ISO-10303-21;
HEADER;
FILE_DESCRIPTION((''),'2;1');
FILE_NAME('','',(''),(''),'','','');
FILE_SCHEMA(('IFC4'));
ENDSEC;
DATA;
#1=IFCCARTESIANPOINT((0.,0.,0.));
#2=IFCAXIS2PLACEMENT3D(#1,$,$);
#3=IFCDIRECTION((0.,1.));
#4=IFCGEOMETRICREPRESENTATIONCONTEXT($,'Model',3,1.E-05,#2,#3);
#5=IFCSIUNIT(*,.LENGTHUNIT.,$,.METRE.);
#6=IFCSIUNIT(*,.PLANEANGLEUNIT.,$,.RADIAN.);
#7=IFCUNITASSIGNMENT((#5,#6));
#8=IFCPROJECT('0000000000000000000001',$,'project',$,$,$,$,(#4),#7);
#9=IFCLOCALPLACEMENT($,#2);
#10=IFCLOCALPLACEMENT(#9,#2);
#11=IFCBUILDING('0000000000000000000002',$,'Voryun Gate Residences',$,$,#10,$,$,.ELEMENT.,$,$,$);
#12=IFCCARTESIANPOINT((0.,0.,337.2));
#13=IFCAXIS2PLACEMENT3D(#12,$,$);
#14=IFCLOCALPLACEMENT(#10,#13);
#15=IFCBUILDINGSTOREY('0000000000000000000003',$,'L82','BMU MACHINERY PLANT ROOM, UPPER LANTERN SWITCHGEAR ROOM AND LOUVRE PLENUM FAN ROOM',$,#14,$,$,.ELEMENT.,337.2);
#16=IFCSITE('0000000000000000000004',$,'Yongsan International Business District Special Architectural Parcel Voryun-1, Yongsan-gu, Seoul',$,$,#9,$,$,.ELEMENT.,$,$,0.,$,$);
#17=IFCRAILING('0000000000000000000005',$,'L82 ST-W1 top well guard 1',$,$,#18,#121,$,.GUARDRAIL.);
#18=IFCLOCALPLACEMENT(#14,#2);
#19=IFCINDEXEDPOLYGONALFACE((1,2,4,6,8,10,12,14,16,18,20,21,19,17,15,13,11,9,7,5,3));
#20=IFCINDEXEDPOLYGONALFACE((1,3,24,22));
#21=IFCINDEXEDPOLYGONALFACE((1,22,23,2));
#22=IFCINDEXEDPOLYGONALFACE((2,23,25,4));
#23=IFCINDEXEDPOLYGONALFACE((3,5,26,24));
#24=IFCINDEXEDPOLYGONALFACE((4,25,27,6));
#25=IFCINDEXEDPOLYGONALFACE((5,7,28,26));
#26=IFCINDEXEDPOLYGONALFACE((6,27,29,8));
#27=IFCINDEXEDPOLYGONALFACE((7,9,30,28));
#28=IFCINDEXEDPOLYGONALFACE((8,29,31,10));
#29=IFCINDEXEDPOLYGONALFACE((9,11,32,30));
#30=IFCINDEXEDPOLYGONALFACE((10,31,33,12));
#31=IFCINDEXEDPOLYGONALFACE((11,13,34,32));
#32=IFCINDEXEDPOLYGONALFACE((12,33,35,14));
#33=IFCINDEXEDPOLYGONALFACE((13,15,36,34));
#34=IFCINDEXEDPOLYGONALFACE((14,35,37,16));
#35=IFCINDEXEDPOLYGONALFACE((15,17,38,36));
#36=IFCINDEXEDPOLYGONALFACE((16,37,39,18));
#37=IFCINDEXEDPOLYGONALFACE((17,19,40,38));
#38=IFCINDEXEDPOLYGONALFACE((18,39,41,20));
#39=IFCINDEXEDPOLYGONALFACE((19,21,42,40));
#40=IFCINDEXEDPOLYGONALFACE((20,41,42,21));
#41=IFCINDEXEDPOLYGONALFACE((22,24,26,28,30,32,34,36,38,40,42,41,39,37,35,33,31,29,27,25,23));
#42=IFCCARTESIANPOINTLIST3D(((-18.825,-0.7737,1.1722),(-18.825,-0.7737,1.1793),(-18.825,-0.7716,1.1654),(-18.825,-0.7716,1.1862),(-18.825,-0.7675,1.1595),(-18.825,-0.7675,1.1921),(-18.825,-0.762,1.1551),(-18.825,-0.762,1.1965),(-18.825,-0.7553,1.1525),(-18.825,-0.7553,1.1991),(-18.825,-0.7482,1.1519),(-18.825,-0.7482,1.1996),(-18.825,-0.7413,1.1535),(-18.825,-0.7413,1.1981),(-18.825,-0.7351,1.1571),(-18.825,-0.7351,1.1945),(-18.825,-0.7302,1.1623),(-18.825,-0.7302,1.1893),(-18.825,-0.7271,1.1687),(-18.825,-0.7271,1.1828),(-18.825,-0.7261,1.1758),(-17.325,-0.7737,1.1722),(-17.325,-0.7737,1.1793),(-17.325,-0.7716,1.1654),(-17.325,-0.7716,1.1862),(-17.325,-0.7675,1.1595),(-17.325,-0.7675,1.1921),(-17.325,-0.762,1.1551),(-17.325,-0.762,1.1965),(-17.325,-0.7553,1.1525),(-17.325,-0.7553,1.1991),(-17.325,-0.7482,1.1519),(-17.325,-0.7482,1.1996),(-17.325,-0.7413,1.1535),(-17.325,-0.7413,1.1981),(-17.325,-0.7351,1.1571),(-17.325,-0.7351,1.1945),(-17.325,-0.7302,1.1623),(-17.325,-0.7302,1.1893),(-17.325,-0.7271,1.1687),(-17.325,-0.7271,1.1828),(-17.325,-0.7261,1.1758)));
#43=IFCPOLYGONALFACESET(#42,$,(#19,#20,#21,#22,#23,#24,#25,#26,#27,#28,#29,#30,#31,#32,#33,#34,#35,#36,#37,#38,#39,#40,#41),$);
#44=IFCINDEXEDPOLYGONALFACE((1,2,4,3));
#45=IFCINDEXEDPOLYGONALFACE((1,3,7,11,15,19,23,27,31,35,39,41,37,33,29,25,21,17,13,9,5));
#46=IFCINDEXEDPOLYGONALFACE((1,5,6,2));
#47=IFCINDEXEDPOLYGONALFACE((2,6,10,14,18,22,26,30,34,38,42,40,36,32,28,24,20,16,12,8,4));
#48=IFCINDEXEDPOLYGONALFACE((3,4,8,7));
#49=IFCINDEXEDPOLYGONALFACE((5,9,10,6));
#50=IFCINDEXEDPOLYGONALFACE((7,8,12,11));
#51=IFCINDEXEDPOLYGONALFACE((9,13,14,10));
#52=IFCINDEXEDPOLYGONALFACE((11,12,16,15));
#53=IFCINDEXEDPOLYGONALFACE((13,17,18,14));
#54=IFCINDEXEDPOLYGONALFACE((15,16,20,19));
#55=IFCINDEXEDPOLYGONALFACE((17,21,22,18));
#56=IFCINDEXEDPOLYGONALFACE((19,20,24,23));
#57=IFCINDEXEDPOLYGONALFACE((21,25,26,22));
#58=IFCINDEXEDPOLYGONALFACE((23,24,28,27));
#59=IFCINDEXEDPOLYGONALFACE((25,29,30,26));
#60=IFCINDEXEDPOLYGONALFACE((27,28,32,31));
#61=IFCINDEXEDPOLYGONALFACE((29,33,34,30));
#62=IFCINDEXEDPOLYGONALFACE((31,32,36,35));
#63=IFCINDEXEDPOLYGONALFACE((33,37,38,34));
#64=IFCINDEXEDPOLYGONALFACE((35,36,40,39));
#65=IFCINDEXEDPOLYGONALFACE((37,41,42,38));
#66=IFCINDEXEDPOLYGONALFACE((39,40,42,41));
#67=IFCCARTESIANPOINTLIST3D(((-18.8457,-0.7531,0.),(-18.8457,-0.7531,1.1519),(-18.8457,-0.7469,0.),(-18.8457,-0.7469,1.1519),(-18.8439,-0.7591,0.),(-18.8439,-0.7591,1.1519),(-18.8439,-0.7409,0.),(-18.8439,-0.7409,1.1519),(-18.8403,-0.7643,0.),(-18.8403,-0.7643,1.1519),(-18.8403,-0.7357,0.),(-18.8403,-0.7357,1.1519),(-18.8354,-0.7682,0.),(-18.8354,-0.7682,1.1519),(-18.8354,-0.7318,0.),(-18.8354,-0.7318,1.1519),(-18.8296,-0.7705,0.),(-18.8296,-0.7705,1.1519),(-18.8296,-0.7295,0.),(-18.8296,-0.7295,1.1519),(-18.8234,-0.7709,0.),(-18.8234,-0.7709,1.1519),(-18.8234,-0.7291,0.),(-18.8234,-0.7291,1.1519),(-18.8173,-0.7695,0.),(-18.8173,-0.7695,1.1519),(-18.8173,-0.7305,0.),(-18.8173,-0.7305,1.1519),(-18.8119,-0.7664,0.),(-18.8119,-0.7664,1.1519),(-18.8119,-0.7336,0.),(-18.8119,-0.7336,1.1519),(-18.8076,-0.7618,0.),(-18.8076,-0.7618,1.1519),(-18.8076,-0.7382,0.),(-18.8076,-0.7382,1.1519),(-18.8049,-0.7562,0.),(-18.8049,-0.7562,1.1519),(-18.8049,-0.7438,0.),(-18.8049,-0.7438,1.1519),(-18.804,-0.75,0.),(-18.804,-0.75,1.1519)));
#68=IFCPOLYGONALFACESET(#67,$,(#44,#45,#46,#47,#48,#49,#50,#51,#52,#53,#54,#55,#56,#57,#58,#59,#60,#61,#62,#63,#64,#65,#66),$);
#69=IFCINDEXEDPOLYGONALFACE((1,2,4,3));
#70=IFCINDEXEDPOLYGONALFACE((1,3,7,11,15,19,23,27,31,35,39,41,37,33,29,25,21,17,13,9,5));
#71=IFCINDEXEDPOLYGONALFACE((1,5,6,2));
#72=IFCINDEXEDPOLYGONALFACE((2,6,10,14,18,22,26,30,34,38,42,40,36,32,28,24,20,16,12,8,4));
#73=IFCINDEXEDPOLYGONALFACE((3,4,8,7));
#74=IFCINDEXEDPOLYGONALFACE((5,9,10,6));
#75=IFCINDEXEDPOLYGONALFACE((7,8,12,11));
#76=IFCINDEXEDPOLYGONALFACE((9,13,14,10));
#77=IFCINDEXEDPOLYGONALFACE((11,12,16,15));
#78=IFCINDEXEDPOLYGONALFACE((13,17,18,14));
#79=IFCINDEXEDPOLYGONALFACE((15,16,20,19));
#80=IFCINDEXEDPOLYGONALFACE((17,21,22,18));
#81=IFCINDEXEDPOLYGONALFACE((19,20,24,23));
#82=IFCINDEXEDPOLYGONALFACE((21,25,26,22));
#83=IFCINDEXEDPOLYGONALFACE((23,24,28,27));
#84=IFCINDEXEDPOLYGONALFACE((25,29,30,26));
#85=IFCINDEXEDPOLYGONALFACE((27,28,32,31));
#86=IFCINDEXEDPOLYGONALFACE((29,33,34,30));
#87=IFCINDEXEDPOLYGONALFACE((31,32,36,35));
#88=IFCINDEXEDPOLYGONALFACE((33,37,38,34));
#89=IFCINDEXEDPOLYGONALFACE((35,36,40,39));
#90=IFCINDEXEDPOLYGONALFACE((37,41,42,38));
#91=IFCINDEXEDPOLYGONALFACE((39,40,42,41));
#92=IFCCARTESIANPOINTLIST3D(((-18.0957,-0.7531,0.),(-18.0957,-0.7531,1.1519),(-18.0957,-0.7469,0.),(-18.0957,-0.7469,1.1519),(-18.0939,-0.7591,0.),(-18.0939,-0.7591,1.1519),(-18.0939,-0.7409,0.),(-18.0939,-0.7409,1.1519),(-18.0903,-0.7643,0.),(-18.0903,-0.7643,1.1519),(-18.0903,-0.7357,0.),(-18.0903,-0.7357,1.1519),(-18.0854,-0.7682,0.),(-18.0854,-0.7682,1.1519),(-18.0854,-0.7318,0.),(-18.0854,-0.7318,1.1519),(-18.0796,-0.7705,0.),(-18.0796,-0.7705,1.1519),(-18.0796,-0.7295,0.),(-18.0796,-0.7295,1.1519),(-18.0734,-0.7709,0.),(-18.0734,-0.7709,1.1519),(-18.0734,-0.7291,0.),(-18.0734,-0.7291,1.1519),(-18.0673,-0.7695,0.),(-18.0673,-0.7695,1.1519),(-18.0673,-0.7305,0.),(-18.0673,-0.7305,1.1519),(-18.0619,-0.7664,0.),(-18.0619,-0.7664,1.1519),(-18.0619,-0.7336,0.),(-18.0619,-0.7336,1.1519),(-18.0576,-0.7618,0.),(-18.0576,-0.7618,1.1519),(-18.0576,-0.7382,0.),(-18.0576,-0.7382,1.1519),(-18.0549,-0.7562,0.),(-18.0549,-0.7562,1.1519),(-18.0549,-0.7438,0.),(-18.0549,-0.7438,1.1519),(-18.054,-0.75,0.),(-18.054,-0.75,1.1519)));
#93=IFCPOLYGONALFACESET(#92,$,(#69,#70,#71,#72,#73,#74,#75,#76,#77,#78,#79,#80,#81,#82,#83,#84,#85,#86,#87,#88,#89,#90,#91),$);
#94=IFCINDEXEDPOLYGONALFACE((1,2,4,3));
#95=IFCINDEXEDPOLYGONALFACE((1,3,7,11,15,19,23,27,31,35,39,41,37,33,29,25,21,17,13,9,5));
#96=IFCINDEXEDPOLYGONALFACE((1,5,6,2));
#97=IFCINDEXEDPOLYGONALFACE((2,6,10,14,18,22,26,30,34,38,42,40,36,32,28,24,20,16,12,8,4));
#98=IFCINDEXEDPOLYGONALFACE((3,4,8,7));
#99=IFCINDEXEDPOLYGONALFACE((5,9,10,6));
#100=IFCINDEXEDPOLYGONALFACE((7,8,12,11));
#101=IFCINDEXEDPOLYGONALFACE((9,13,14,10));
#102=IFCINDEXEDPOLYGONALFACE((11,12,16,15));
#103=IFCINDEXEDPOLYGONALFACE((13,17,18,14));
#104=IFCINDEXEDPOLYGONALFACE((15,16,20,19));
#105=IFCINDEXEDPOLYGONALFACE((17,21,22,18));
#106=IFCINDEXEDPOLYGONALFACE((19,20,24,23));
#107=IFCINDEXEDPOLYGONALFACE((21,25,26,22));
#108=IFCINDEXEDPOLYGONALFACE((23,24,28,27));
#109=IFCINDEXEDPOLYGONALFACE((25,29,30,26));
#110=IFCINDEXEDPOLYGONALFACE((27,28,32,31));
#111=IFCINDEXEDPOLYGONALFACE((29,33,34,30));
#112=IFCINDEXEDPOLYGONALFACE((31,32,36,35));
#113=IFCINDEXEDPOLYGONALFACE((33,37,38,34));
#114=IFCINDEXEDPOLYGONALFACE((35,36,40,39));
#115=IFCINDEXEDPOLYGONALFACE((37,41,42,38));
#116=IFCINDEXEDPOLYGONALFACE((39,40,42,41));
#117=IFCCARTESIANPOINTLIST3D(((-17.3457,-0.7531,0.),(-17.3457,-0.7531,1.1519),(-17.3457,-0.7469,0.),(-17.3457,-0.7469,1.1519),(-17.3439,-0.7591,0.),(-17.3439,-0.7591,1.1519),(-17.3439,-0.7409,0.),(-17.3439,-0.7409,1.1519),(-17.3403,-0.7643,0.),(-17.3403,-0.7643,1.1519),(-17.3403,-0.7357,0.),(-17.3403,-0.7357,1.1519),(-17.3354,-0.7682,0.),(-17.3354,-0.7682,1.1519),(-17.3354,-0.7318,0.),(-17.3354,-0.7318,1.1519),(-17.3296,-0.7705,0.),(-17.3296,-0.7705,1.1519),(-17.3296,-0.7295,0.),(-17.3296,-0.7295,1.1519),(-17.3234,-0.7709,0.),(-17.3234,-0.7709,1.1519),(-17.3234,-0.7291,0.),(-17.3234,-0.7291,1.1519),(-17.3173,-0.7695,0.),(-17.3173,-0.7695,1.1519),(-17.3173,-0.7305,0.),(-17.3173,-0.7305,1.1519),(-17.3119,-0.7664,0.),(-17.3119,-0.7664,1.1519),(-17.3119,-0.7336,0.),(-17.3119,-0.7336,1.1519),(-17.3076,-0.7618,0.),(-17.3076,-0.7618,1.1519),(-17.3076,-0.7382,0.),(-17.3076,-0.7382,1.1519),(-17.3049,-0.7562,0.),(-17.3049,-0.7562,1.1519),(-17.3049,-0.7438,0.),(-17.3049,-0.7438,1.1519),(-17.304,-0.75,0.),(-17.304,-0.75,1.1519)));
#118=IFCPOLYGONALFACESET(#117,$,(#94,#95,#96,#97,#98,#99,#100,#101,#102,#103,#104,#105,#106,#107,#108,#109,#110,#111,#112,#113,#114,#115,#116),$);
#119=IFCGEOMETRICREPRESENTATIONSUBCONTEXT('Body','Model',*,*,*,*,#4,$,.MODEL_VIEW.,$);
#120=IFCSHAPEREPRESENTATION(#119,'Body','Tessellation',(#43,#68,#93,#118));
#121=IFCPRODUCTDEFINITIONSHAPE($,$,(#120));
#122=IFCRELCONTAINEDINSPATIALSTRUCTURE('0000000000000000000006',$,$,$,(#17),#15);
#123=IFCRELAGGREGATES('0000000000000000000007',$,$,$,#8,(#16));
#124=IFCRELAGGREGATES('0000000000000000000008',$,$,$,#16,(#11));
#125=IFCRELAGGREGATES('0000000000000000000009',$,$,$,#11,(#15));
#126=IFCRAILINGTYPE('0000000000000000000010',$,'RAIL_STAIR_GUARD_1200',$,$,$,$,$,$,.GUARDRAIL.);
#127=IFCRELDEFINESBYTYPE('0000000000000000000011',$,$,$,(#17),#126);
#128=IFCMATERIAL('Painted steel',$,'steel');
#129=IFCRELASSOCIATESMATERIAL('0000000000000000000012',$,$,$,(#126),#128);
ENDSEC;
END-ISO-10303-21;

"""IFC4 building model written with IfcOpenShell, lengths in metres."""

from ifc_helpers import new_model, si_unit, direction, frame, origin, origin_2d, place, context, subcontext, project, spatial, circle, extrude, material, type_object, element, save


model = new_model("IFC4")

# Units and contexts
model_context = context("Model", 3, precision=1e-05, world=origin(), true_north=direction((0.0, 1.0)))
body_context = subcontext(model_context, "Body", "Model", "MODEL_VIEW")
ifc_project = project(units=[si_unit("LENGTHUNIT", "METRE"), si_unit("PLANEANGLEUNIT", "RADIAN")], contexts=[model_context])

# Site, building, storey
site_placement = place(None, origin())
site = spatial("IfcSite", under=ifc_project, at=site_placement, Name="Yongsan International Business District Special Architectural Parcel Voryun-1, Yongsan-gu, Seoul", CompositionType="ELEMENT", RefElevation=0.0)
building_placement = place(site_placement, origin())
building = spatial("IfcBuilding", under=site, at=building_placement, Name="Voryun Gate Residences", CompositionType="ELEMENT")
storey_placement = place(building_placement, frame((0.0, 0.0, 337.2)))
storey = spatial("IfcBuildingStorey", under=building, at=storey_placement, Name="L82", Description="BMU MACHINERY PLANT ROOM, UPPER LANTERN SWITCHGEAR ROOM AND LOUVRE PLENUM FAN ROOM", CompositionType="ELEMENT", Elevation=337.2)

# Railing
ifc_material_1 = material(Name="Painted steel", Category="steel")
railing_type = type_object("IfcRailingType", Name="RAIL_STAIR_GUARD_1200", PredefinedType="GUARDRAIL", material=ifc_material_1)
railing_1_placement = place(storey_placement, frame((-18.825, -0.75, 0.0)))
element("IfcRailing", 1, at=railing_1_placement, inside=storey, type_object=railing_type, Name="L82 ST-W1 top well guard 1", PredefinedType="GUARDRAIL", context=body_context, shape_type="SweptSolid", body=[
    extrude(circle(Radius=0.0239, at=origin_2d()), frame((0.0, 0.0, 1.1758), z_axis=(1.0, 0.0, 0.0), x_axis=(0.0, 1.0, 0.0)), (0.0, 0.0, 1.0), 1.5),
    extrude(circle(Radius=0.021, at=origin_2d()), origin(), (0.0, 0.0, 1.0), 1.1519),
    extrude(circle(Radius=0.021, at=origin_2d()), frame((0.75, 0.0, 0.0)), (0.0, 0.0, 1.0), 1.1519),
    extrude(circle(Radius=0.021, at=origin_2d()), frame((1.5, 0.0, 0.0)), (0.0, 0.0, 1.0), 1.1519),
])

save(model, "model.ifc")
